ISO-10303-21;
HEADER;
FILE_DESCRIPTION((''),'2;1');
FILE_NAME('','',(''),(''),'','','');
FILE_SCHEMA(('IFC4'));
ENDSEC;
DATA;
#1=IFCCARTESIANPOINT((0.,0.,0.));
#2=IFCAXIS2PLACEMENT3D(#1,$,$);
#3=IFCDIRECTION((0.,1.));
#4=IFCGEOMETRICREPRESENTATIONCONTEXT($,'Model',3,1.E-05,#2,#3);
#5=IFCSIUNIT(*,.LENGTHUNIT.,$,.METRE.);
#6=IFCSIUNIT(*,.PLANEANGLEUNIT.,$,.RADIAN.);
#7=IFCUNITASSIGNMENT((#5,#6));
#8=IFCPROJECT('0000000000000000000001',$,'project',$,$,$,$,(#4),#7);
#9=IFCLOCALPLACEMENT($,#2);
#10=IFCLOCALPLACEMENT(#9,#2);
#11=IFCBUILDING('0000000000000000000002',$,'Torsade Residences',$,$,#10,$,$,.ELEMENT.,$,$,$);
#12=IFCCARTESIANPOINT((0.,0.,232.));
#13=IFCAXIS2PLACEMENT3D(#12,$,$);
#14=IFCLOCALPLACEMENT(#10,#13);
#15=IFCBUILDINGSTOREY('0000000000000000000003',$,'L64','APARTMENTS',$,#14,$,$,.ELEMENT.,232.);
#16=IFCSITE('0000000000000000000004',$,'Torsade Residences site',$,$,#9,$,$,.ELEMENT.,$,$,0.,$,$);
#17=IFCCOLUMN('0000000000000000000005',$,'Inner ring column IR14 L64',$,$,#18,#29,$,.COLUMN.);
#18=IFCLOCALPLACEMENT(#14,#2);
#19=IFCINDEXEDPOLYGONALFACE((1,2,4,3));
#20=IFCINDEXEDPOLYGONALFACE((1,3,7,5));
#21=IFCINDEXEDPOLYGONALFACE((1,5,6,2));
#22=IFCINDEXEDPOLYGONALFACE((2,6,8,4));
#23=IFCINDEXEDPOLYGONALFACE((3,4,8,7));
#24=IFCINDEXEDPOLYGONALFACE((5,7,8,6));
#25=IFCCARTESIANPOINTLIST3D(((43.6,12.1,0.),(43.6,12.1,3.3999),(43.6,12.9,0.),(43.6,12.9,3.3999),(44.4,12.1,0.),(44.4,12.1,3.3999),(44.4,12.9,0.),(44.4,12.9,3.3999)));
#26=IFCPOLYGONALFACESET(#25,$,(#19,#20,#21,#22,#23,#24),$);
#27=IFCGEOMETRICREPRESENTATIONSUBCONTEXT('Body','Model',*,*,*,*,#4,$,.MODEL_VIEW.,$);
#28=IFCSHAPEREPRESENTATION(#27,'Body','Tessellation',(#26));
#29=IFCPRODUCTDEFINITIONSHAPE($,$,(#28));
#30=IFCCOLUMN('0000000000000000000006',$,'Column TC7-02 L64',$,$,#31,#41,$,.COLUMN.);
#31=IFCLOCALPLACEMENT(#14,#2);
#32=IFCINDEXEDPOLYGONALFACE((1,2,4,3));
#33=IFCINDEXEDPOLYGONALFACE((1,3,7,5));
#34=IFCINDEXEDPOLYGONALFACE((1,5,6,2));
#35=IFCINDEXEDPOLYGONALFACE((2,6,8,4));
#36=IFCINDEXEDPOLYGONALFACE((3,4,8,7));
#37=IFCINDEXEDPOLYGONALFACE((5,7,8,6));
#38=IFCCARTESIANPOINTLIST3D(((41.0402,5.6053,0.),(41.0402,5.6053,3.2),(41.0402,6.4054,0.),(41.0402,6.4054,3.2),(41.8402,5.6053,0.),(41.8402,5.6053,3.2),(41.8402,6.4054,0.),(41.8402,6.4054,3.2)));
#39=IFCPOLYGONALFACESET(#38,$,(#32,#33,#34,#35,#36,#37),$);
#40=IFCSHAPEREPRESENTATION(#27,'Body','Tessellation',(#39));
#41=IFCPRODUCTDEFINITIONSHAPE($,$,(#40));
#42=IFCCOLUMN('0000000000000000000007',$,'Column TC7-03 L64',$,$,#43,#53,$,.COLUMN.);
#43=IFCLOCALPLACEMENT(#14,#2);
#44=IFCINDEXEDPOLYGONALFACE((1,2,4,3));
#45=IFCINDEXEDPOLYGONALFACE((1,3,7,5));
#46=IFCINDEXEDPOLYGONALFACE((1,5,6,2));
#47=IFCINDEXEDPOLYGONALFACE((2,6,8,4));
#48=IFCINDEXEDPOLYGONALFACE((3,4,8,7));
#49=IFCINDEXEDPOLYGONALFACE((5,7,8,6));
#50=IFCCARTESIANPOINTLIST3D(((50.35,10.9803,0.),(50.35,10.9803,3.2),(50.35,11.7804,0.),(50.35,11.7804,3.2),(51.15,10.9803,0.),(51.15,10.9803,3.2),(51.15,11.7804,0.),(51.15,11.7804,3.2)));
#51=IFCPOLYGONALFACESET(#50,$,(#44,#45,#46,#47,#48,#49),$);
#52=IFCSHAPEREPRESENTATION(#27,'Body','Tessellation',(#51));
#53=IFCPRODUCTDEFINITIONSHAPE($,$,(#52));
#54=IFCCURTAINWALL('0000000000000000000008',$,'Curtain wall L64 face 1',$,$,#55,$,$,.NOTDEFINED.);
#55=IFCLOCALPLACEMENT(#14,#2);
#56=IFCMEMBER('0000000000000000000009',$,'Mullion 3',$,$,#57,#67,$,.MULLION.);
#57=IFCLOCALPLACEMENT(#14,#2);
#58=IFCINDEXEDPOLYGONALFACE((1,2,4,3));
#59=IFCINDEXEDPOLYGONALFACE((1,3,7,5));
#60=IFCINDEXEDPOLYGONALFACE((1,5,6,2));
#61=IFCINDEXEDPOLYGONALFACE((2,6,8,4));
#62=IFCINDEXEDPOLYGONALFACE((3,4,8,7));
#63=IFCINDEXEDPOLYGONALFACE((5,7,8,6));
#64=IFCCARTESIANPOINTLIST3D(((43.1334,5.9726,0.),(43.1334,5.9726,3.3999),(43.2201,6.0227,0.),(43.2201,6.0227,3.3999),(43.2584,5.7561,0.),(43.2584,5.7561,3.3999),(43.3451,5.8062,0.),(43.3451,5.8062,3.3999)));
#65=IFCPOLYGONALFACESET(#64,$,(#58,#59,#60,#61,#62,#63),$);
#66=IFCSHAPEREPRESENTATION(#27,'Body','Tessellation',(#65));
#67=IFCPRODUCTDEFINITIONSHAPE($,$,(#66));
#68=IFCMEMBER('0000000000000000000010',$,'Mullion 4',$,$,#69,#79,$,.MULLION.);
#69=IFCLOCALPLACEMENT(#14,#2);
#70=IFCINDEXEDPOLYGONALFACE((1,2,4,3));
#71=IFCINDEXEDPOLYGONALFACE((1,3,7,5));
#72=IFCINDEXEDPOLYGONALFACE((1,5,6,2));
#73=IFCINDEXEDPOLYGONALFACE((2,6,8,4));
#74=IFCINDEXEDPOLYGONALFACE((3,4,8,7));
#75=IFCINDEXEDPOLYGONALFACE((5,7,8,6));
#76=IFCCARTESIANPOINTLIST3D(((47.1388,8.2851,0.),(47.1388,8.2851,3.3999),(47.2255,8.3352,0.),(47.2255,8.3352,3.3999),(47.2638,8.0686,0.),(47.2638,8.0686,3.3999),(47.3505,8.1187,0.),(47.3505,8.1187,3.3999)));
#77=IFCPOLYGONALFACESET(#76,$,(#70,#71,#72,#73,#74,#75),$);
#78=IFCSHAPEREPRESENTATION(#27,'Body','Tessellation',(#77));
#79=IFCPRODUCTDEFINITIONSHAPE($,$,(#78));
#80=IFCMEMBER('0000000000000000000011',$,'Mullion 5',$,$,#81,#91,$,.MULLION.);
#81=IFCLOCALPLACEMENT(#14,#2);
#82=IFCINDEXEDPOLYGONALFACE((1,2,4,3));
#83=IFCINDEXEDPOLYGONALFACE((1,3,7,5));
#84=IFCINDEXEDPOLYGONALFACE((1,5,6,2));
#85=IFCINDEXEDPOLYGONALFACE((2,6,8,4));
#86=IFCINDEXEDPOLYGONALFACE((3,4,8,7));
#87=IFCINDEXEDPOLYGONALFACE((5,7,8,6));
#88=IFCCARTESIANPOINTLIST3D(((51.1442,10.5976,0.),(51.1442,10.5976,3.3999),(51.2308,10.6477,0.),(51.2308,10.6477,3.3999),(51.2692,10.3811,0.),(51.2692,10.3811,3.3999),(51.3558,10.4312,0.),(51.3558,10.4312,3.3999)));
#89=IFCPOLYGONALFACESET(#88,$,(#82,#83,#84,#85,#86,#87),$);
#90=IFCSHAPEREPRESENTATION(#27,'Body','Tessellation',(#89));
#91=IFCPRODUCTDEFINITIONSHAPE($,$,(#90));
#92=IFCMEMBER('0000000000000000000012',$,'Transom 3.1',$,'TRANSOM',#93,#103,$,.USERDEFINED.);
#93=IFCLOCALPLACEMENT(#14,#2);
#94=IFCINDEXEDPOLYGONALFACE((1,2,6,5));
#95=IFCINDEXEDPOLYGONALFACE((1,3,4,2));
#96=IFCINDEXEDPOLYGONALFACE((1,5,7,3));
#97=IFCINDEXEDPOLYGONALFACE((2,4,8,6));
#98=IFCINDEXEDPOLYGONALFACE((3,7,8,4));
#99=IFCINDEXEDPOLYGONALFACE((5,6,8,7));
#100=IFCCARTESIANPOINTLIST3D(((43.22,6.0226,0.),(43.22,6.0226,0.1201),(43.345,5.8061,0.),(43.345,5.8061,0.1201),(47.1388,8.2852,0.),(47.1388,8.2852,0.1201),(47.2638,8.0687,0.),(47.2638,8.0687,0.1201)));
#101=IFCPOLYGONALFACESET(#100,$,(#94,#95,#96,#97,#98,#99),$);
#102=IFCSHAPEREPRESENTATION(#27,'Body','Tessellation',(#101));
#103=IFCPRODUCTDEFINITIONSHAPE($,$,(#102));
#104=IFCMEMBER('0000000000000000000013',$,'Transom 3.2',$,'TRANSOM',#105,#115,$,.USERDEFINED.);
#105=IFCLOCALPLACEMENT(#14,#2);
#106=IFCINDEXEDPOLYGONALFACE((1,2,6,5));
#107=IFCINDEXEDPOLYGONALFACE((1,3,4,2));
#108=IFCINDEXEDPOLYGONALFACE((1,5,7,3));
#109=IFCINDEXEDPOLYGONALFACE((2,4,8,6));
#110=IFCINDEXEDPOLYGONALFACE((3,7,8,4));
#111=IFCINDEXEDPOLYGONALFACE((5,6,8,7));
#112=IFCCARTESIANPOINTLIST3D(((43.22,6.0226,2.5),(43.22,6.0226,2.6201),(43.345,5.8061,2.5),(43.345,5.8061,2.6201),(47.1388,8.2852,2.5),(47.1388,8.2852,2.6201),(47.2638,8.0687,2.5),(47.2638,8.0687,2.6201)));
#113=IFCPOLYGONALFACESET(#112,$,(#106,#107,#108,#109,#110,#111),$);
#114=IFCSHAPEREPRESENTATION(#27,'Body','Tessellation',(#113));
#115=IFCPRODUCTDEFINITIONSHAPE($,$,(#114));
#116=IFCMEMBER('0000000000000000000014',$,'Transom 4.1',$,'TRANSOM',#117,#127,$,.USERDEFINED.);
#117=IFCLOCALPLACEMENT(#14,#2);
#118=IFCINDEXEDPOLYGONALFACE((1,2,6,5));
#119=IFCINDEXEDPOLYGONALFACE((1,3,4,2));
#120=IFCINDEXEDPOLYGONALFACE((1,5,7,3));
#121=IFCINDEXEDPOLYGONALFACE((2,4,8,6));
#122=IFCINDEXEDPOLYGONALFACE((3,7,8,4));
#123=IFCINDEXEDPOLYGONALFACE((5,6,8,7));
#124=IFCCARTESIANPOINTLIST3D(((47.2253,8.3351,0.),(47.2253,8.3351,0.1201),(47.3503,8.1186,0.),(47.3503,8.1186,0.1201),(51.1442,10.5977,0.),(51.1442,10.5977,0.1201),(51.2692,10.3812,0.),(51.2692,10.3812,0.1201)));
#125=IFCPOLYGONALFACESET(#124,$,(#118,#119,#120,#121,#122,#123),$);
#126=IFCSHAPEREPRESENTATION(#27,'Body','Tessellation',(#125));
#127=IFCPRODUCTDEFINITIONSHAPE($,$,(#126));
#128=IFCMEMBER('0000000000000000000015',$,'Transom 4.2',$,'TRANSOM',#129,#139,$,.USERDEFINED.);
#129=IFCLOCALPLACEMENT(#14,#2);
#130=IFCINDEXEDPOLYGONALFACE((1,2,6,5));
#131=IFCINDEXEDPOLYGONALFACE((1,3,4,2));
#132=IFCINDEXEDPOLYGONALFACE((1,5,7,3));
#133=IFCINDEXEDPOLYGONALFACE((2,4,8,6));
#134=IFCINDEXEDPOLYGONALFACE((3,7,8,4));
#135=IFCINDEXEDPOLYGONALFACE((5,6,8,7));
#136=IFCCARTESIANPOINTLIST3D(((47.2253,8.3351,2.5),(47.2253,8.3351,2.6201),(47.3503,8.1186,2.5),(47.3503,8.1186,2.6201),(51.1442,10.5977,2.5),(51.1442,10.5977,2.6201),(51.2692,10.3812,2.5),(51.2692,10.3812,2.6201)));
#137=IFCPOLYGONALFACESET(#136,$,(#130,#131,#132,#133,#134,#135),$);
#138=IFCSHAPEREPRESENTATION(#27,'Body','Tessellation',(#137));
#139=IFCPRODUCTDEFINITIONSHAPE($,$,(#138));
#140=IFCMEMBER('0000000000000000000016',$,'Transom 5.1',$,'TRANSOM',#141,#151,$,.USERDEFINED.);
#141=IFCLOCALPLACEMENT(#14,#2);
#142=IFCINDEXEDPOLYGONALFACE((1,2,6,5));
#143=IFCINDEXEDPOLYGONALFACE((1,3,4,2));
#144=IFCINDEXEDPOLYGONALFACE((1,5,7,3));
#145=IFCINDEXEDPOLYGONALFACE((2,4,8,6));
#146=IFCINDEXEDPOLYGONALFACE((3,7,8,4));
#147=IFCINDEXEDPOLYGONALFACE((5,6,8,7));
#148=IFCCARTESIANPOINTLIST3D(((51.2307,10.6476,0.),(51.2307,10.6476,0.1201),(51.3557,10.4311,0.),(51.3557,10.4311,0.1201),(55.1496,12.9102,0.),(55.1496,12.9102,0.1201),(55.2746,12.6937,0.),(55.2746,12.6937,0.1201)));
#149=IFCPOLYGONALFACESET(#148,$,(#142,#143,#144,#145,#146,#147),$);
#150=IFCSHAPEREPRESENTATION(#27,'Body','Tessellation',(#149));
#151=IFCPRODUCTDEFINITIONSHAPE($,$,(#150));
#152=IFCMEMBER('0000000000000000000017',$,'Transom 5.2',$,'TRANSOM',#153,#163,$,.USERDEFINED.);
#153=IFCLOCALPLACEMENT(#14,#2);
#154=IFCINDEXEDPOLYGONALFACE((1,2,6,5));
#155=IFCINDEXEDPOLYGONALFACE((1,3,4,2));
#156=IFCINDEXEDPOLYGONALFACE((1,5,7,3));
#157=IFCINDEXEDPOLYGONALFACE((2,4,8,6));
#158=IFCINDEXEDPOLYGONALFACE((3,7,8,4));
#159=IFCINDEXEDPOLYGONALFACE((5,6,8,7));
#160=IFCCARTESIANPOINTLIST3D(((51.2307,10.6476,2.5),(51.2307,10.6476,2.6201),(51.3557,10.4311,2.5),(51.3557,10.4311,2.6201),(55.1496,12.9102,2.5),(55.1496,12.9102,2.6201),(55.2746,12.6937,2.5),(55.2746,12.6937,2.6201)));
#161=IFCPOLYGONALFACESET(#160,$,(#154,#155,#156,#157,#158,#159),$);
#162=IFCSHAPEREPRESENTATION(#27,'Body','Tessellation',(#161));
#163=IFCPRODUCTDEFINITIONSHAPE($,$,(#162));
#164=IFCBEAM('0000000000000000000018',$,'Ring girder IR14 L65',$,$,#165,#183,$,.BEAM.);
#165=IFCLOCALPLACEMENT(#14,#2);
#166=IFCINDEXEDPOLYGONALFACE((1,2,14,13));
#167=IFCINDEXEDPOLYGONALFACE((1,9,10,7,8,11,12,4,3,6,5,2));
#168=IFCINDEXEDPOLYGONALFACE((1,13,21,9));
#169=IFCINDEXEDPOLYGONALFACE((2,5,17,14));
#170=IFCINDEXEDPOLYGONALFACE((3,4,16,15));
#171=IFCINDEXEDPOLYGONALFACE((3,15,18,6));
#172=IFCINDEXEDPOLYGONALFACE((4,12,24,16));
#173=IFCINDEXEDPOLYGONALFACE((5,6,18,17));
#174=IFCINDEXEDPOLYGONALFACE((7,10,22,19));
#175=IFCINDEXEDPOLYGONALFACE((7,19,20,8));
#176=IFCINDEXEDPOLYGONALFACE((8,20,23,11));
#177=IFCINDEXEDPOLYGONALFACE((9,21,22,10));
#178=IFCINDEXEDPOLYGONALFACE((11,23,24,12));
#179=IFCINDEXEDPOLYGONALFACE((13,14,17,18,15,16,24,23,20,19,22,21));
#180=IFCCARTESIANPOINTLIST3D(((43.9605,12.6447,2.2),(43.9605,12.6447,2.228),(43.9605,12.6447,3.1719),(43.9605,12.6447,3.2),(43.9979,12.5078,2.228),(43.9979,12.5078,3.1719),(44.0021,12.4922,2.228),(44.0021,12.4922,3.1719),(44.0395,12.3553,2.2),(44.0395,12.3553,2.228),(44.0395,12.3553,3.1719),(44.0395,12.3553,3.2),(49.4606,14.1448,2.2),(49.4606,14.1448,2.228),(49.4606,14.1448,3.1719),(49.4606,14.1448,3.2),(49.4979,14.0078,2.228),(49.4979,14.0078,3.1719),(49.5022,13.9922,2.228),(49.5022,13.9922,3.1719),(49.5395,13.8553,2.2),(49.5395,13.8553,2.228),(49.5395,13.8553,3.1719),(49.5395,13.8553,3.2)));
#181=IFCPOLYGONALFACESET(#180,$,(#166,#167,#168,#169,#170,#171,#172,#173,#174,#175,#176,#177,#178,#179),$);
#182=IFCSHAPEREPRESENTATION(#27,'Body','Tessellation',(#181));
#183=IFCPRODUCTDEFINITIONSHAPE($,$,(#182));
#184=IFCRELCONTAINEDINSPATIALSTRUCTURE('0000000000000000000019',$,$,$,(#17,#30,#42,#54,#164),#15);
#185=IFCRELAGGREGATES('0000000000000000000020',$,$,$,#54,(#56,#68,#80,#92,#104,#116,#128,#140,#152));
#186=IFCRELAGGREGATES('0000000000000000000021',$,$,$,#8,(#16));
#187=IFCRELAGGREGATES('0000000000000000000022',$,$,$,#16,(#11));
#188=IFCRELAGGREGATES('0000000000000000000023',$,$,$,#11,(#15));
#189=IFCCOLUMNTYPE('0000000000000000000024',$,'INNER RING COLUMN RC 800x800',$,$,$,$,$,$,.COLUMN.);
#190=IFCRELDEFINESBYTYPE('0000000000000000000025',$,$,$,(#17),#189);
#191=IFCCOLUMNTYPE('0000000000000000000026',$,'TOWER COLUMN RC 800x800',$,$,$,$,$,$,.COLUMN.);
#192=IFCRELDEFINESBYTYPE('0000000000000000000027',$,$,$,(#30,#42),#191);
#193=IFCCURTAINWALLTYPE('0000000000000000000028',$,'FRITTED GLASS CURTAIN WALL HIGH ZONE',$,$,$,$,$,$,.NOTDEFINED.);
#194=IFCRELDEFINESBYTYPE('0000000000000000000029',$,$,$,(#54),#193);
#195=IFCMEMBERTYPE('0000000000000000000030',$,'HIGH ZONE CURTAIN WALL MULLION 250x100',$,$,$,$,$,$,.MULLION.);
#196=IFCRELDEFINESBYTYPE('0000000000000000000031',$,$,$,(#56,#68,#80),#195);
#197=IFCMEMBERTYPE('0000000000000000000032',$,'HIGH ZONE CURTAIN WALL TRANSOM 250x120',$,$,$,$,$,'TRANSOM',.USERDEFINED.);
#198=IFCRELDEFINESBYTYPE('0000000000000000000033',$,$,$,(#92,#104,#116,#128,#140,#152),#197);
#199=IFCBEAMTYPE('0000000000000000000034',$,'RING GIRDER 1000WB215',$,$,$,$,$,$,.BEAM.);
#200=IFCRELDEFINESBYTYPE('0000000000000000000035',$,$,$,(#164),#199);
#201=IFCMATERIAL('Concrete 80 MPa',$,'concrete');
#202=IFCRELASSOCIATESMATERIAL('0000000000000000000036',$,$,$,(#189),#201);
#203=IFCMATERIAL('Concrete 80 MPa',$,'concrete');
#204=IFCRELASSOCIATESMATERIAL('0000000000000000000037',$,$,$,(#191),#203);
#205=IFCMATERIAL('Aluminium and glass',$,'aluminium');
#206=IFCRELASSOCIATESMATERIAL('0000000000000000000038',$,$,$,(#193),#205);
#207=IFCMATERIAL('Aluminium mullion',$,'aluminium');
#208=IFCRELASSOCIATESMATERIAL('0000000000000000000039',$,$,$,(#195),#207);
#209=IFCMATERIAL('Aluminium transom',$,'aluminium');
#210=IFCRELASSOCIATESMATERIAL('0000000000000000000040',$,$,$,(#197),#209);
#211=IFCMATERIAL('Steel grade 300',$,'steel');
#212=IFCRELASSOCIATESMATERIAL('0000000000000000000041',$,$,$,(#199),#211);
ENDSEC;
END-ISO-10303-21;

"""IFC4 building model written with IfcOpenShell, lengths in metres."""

from ifc_helpers import new_model, si_unit, direction, frame, origin, origin_2d, place, context, subcontext, project, spatial, rectangle, i_section, extrude, material, material_profile, profile_set, type_object, element, aggregate, save


model = new_model("IFC4")

# Units and contexts
model_context = context("Model", 3, precision=1e-05, world=origin(), true_north=direction((0.0, 1.0)))
body_context = subcontext(model_context, "Body", "Model", "MODEL_VIEW")
ifc_project = project(units=[si_unit("LENGTHUNIT", "METRE"), si_unit("PLANEANGLEUNIT", "RADIAN")], contexts=[model_context])

# Site, building, storey
site_placement = place(None, origin())
site = spatial("IfcSite", under=ifc_project, at=site_placement, Name="Torsade Residences site", CompositionType="ELEMENT", RefElevation=0.0)
building_placement = place(site_placement, origin())
building = spatial("IfcBuilding", under=site, at=building_placement, Name="Torsade Residences", CompositionType="ELEMENT")
storey_placement = place(building_placement, frame((0.0, 0.0, 232.0)))
storey = spatial("IfcBuildingStorey", under=building, at=storey_placement, Name="L64", Description="APARTMENTS", CompositionType="ELEMENT", Elevation=232.0)

# Columns
ifc_material_1 = material(Name="Concrete 80 MPa", Category="concrete")
ifc_material_profile_1 = material_profile(ifc_material_1, rectangle(XDim=0.8, YDim=0.8, at=origin_2d()), Name="RC 800x800")
ifc_profile_set_1 = profile_set([ifc_material_profile_1], Name="Concrete 80 MPa")
column_type_1 = type_object("IfcColumnType", Name="INNER RING COLUMN RC 800x800", PredefinedType="COLUMN", material=ifc_profile_set_1)
column_placement = place(storey_placement, frame((44.0, 12.5, 0.0), z_axis=(0.0, 0.0, 1.0), x_axis=(1.0, 0.0, 0.0)))
element("IfcColumn", 1, at=column_placement, inside=storey, type_object=column_type_1, Name="Inner ring column IR14 L64", PredefinedType="COLUMN", context=body_context, shape_type="SweptSolid", body=[
    extrude(rectangle(XDim=0.8, YDim=0.8, at=origin_2d()), origin(), (0.0, 0.0, 1.0), 3.3999),
])
ifc_material_2 = material(Name="Concrete 80 MPa", Category="concrete")
ifc_material_profile_2 = material_profile(ifc_material_2, rectangle(XDim=0.8, YDim=0.8, at=origin_2d()), Name="RC 800x800")
ifc_profile_set_2 = profile_set([ifc_material_profile_2], Name="Concrete 80 MPa")
column_type_2 = type_object("IfcColumnType", Name="TOWER COLUMN RC 800x800", PredefinedType="COLUMN", material=ifc_profile_set_2)
for number, where, z_axis, x_axis, name in (
    (2, (41.4402, 6.0054, 0.0), (0.0, 0.0, 1.0), (1.0, 0.0, 0.0), "Column TC7-02 L64"),
    (3, (50.75, 11.3804, 0.0), (0.0, 0.0, 1.0), (1.0, 0.0, 0.0), "Column TC7-03 L64"),
):
    element("IfcColumn", number, at=place(storey_placement, frame(where, z_axis=z_axis, x_axis=x_axis)), inside=storey, type_object=column_type_2, Name=name, PredefinedType="COLUMN", context=body_context, shape_type="SweptSolid", body=[
        extrude(rectangle(XDim=0.8, YDim=0.8, at=origin_2d()), origin(), (0.0, 0.0, 1.0), 3.2),
    ])

# Curtain wall, members
ifc_material_3 = material(Name="Aluminium and glass", Category="aluminium")
curtain_wall_type = type_object("IfcCurtainWallType", Name="FRITTED GLASS CURTAIN WALL HIGH ZONE", PredefinedType="NOTDEFINED", material=ifc_material_3)
curtain_wall_placement = place(storey_placement, origin())
curtain_wall = element("IfcCurtainWall", 4, at=curtain_wall_placement, inside=storey, type_object=curtain_wall_type, Name="Curtain wall L64 face 1", PredefinedType="NOTDEFINED")
ifc_material_4 = material(Name="Aluminium mullion", Category="aluminium")
ifc_material_profile_3 = material_profile(ifc_material_4, rectangle(XDim=0.25, YDim=0.1001, at=origin_2d()), Name="HIGH ZONE CURTAIN WALL MULLION 250x100")
ifc_profile_set_3 = profile_set([ifc_material_profile_3], Name="Aluminium mullion")
member_type_1 = type_object("IfcMemberType", Name="HIGH ZONE CURTAIN WALL MULLION 250x100", PredefinedType="MULLION", material=ifc_profile_set_3)
member_1_placement = place(storey_placement, frame((43.2393, 5.8894, 0.0), z_axis=(0.0, 0.0, 1.0), x_axis=(-0.5, 0.866025, 0.0)))
member_1 = element("IfcMember", 5, at=member_1_placement, type_object=member_type_1, Name="Mullion 3", PredefinedType="MULLION", context=body_context, shape_type="SweptSolid", body=[
    extrude(rectangle(XDim=0.25, YDim=0.1001, at=origin_2d()), origin(), (0.0, 0.0, 1.0), 3.3999),
])
member_2_placement = place(storey_placement, frame((47.2446, 8.2019, 0.0), z_axis=(0.0, 0.0, 1.0), x_axis=(-0.5, 0.866025, 0.0)))
member_2 = element("IfcMember", 6, at=member_2_placement, type_object=member_type_1, Name="Mullion 4", PredefinedType="MULLION", context=body_context, shape_type="SweptSolid", body=[
    extrude(rectangle(XDim=0.25, YDim=0.1001, at=origin_2d()), origin(), (0.0, 0.0, 1.0), 3.3999),
])
member_3_placement = place(storey_placement, frame((51.25, 10.5144, 0.0), z_axis=(0.0, 0.0, 1.0), x_axis=(-0.5, 0.866025, 0.0)))
member_3 = element("IfcMember", 7, at=member_3_placement, type_object=member_type_1, Name="Mullion 5", PredefinedType="MULLION", context=body_context, shape_type="SweptSolid", body=[
    extrude(rectangle(XDim=0.25, YDim=0.1001, at=origin_2d()), origin(), (0.0, 0.0, 1.0), 3.3999),
])
ifc_material_5 = material(Name="Aluminium transom", Category="aluminium")
ifc_material_profile_4 = material_profile(ifc_material_5, rectangle(XDim=0.25, YDim=0.1201, at=origin_2d()), Name="HIGH ZONE CURTAIN WALL TRANSOM 250x120")
ifc_profile_set_4 = profile_set([ifc_material_profile_4], Name="Aluminium transom")
member_type_2 = type_object("IfcMemberType", Name="HIGH ZONE CURTAIN WALL TRANSOM 250x120", ElementType="TRANSOM", PredefinedType="USERDEFINED", material=ifc_profile_set_4)
member_4_placement = place(storey_placement, frame((43.2825, 5.9143, 0.0601), z_axis=(0.866017, 0.500015, 0.0), x_axis=(-0.500015, 0.866017, 0.0)))
member_4 = element("IfcMember", 8, at=member_4_placement, type_object=member_type_2, Name="Transom 3.1", ObjectType="TRANSOM", PredefinedType="USERDEFINED", context=body_context, shape_type="SweptSolid", body=[
    extrude(rectangle(XDim=0.25, YDim=0.1201, at=origin_2d()), origin(), (0.0, 0.0, 1.0), 4.5251),
])
member_5_placement = place(storey_placement, frame((43.2825, 5.9143, 2.5601), z_axis=(0.866017, 0.500015, 0.0), x_axis=(-0.500015, 0.866017, 0.0)))
member_5 = element("IfcMember", 9, at=member_5_placement, type_object=member_type_2, Name="Transom 3.2", ObjectType="TRANSOM", PredefinedType="USERDEFINED", context=body_context, shape_type="SweptSolid", body=[
    extrude(rectangle(XDim=0.25, YDim=0.1201, at=origin_2d()), origin(), (0.0, 0.0, 1.0), 4.5251),
])
member_6_placement = place(storey_placement, frame((47.2878, 8.2268, 0.0601), z_axis=(0.866017, 0.500015, 0.0), x_axis=(-0.500015, 0.866017, 0.0)))
member_6 = element("IfcMember", 10, at=member_6_placement, type_object=member_type_2, Name="Transom 4.1", ObjectType="TRANSOM", PredefinedType="USERDEFINED", context=body_context, shape_type="SweptSolid", body=[
    extrude(rectangle(XDim=0.25, YDim=0.1201, at=origin_2d()), origin(), (0.0, 0.0, 1.0), 4.5251),
])
member_7_placement = place(storey_placement, frame((47.2878, 8.2268, 2.5601), z_axis=(0.866017, 0.500015, 0.0), x_axis=(-0.500015, 0.866017, 0.0)))
member_7 = element("IfcMember", 11, at=member_7_placement, type_object=member_type_2, Name="Transom 4.2", ObjectType="TRANSOM", PredefinedType="USERDEFINED", context=body_context, shape_type="SweptSolid", body=[
    extrude(rectangle(XDim=0.25, YDim=0.1201, at=origin_2d()), origin(), (0.0, 0.0, 1.0), 4.5251),
])
member_8_placement = place(storey_placement, frame((51.2932, 10.5393, 0.0601), z_axis=(0.866017, 0.500015, 0.0), x_axis=(-0.500015, 0.866017, 0.0)))
member_8 = element("IfcMember", 12, at=member_8_placement, type_object=member_type_2, Name="Transom 5.1", ObjectType="TRANSOM", PredefinedType="USERDEFINED", context=body_context, shape_type="SweptSolid", body=[
    extrude(rectangle(XDim=0.25, YDim=0.1201, at=origin_2d()), origin(), (0.0, 0.0, 1.0), 4.5251),
])
member_9_placement = place(storey_placement, frame((51.2932, 10.5393, 2.5601), z_axis=(0.866017, 0.500015, 0.0), x_axis=(-0.500015, 0.866017, 0.0)))
member_9 = element("IfcMember", 13, at=member_9_placement, type_object=member_type_2, Name="Transom 5.2", ObjectType="TRANSOM", PredefinedType="USERDEFINED", context=body_context, shape_type="SweptSolid", body=[
    extrude(rectangle(XDim=0.25, YDim=0.1201, at=origin_2d()), origin(), (0.0, 0.0, 1.0), 4.5251),
])

# Beam
ifc_material_6 = material(Name="Steel grade 300", Category="steel")
ifc_material_profile_5 = material_profile(ifc_material_6, i_section(OverallWidth=0.3, OverallDepth=1.0, WebThickness=0.0161, FlangeThickness=0.0281, at=origin_2d()), Name="1000WB215")
ifc_profile_set_5 = profile_set([ifc_material_profile_5], Name="Steel grade 300")
beam_type_1 = type_object("IfcBeamType", Name="RING GIRDER 1000WB215", PredefinedType="BEAM", material=ifc_profile_set_5)
beam_1_placement = place(storey_placement, frame((44.0, 12.5, 2.7), z_axis=(0.964764, 0.263117, 0.0), x_axis=(-0.263117, 0.964764, 0.0)))
element("IfcBeam", 14, at=beam_1_placement, inside=storey, type_object=beam_type_1, Name="Ring girder IR14 L65", PredefinedType="BEAM", context=body_context, shape_type="SweptSolid", body=[
    extrude(i_section(OverallWidth=0.3, OverallDepth=1.0, WebThickness=0.0161, FlangeThickness=0.0281, at=origin_2d()), origin(), (0.0, 0.0, 1.0), 5.7009),
])

aggregate(curtain_wall, [member_1, member_2, member_3, member_4, member_5, member_6, member_7, member_8, member_9])

save(model, "model.ifc")
